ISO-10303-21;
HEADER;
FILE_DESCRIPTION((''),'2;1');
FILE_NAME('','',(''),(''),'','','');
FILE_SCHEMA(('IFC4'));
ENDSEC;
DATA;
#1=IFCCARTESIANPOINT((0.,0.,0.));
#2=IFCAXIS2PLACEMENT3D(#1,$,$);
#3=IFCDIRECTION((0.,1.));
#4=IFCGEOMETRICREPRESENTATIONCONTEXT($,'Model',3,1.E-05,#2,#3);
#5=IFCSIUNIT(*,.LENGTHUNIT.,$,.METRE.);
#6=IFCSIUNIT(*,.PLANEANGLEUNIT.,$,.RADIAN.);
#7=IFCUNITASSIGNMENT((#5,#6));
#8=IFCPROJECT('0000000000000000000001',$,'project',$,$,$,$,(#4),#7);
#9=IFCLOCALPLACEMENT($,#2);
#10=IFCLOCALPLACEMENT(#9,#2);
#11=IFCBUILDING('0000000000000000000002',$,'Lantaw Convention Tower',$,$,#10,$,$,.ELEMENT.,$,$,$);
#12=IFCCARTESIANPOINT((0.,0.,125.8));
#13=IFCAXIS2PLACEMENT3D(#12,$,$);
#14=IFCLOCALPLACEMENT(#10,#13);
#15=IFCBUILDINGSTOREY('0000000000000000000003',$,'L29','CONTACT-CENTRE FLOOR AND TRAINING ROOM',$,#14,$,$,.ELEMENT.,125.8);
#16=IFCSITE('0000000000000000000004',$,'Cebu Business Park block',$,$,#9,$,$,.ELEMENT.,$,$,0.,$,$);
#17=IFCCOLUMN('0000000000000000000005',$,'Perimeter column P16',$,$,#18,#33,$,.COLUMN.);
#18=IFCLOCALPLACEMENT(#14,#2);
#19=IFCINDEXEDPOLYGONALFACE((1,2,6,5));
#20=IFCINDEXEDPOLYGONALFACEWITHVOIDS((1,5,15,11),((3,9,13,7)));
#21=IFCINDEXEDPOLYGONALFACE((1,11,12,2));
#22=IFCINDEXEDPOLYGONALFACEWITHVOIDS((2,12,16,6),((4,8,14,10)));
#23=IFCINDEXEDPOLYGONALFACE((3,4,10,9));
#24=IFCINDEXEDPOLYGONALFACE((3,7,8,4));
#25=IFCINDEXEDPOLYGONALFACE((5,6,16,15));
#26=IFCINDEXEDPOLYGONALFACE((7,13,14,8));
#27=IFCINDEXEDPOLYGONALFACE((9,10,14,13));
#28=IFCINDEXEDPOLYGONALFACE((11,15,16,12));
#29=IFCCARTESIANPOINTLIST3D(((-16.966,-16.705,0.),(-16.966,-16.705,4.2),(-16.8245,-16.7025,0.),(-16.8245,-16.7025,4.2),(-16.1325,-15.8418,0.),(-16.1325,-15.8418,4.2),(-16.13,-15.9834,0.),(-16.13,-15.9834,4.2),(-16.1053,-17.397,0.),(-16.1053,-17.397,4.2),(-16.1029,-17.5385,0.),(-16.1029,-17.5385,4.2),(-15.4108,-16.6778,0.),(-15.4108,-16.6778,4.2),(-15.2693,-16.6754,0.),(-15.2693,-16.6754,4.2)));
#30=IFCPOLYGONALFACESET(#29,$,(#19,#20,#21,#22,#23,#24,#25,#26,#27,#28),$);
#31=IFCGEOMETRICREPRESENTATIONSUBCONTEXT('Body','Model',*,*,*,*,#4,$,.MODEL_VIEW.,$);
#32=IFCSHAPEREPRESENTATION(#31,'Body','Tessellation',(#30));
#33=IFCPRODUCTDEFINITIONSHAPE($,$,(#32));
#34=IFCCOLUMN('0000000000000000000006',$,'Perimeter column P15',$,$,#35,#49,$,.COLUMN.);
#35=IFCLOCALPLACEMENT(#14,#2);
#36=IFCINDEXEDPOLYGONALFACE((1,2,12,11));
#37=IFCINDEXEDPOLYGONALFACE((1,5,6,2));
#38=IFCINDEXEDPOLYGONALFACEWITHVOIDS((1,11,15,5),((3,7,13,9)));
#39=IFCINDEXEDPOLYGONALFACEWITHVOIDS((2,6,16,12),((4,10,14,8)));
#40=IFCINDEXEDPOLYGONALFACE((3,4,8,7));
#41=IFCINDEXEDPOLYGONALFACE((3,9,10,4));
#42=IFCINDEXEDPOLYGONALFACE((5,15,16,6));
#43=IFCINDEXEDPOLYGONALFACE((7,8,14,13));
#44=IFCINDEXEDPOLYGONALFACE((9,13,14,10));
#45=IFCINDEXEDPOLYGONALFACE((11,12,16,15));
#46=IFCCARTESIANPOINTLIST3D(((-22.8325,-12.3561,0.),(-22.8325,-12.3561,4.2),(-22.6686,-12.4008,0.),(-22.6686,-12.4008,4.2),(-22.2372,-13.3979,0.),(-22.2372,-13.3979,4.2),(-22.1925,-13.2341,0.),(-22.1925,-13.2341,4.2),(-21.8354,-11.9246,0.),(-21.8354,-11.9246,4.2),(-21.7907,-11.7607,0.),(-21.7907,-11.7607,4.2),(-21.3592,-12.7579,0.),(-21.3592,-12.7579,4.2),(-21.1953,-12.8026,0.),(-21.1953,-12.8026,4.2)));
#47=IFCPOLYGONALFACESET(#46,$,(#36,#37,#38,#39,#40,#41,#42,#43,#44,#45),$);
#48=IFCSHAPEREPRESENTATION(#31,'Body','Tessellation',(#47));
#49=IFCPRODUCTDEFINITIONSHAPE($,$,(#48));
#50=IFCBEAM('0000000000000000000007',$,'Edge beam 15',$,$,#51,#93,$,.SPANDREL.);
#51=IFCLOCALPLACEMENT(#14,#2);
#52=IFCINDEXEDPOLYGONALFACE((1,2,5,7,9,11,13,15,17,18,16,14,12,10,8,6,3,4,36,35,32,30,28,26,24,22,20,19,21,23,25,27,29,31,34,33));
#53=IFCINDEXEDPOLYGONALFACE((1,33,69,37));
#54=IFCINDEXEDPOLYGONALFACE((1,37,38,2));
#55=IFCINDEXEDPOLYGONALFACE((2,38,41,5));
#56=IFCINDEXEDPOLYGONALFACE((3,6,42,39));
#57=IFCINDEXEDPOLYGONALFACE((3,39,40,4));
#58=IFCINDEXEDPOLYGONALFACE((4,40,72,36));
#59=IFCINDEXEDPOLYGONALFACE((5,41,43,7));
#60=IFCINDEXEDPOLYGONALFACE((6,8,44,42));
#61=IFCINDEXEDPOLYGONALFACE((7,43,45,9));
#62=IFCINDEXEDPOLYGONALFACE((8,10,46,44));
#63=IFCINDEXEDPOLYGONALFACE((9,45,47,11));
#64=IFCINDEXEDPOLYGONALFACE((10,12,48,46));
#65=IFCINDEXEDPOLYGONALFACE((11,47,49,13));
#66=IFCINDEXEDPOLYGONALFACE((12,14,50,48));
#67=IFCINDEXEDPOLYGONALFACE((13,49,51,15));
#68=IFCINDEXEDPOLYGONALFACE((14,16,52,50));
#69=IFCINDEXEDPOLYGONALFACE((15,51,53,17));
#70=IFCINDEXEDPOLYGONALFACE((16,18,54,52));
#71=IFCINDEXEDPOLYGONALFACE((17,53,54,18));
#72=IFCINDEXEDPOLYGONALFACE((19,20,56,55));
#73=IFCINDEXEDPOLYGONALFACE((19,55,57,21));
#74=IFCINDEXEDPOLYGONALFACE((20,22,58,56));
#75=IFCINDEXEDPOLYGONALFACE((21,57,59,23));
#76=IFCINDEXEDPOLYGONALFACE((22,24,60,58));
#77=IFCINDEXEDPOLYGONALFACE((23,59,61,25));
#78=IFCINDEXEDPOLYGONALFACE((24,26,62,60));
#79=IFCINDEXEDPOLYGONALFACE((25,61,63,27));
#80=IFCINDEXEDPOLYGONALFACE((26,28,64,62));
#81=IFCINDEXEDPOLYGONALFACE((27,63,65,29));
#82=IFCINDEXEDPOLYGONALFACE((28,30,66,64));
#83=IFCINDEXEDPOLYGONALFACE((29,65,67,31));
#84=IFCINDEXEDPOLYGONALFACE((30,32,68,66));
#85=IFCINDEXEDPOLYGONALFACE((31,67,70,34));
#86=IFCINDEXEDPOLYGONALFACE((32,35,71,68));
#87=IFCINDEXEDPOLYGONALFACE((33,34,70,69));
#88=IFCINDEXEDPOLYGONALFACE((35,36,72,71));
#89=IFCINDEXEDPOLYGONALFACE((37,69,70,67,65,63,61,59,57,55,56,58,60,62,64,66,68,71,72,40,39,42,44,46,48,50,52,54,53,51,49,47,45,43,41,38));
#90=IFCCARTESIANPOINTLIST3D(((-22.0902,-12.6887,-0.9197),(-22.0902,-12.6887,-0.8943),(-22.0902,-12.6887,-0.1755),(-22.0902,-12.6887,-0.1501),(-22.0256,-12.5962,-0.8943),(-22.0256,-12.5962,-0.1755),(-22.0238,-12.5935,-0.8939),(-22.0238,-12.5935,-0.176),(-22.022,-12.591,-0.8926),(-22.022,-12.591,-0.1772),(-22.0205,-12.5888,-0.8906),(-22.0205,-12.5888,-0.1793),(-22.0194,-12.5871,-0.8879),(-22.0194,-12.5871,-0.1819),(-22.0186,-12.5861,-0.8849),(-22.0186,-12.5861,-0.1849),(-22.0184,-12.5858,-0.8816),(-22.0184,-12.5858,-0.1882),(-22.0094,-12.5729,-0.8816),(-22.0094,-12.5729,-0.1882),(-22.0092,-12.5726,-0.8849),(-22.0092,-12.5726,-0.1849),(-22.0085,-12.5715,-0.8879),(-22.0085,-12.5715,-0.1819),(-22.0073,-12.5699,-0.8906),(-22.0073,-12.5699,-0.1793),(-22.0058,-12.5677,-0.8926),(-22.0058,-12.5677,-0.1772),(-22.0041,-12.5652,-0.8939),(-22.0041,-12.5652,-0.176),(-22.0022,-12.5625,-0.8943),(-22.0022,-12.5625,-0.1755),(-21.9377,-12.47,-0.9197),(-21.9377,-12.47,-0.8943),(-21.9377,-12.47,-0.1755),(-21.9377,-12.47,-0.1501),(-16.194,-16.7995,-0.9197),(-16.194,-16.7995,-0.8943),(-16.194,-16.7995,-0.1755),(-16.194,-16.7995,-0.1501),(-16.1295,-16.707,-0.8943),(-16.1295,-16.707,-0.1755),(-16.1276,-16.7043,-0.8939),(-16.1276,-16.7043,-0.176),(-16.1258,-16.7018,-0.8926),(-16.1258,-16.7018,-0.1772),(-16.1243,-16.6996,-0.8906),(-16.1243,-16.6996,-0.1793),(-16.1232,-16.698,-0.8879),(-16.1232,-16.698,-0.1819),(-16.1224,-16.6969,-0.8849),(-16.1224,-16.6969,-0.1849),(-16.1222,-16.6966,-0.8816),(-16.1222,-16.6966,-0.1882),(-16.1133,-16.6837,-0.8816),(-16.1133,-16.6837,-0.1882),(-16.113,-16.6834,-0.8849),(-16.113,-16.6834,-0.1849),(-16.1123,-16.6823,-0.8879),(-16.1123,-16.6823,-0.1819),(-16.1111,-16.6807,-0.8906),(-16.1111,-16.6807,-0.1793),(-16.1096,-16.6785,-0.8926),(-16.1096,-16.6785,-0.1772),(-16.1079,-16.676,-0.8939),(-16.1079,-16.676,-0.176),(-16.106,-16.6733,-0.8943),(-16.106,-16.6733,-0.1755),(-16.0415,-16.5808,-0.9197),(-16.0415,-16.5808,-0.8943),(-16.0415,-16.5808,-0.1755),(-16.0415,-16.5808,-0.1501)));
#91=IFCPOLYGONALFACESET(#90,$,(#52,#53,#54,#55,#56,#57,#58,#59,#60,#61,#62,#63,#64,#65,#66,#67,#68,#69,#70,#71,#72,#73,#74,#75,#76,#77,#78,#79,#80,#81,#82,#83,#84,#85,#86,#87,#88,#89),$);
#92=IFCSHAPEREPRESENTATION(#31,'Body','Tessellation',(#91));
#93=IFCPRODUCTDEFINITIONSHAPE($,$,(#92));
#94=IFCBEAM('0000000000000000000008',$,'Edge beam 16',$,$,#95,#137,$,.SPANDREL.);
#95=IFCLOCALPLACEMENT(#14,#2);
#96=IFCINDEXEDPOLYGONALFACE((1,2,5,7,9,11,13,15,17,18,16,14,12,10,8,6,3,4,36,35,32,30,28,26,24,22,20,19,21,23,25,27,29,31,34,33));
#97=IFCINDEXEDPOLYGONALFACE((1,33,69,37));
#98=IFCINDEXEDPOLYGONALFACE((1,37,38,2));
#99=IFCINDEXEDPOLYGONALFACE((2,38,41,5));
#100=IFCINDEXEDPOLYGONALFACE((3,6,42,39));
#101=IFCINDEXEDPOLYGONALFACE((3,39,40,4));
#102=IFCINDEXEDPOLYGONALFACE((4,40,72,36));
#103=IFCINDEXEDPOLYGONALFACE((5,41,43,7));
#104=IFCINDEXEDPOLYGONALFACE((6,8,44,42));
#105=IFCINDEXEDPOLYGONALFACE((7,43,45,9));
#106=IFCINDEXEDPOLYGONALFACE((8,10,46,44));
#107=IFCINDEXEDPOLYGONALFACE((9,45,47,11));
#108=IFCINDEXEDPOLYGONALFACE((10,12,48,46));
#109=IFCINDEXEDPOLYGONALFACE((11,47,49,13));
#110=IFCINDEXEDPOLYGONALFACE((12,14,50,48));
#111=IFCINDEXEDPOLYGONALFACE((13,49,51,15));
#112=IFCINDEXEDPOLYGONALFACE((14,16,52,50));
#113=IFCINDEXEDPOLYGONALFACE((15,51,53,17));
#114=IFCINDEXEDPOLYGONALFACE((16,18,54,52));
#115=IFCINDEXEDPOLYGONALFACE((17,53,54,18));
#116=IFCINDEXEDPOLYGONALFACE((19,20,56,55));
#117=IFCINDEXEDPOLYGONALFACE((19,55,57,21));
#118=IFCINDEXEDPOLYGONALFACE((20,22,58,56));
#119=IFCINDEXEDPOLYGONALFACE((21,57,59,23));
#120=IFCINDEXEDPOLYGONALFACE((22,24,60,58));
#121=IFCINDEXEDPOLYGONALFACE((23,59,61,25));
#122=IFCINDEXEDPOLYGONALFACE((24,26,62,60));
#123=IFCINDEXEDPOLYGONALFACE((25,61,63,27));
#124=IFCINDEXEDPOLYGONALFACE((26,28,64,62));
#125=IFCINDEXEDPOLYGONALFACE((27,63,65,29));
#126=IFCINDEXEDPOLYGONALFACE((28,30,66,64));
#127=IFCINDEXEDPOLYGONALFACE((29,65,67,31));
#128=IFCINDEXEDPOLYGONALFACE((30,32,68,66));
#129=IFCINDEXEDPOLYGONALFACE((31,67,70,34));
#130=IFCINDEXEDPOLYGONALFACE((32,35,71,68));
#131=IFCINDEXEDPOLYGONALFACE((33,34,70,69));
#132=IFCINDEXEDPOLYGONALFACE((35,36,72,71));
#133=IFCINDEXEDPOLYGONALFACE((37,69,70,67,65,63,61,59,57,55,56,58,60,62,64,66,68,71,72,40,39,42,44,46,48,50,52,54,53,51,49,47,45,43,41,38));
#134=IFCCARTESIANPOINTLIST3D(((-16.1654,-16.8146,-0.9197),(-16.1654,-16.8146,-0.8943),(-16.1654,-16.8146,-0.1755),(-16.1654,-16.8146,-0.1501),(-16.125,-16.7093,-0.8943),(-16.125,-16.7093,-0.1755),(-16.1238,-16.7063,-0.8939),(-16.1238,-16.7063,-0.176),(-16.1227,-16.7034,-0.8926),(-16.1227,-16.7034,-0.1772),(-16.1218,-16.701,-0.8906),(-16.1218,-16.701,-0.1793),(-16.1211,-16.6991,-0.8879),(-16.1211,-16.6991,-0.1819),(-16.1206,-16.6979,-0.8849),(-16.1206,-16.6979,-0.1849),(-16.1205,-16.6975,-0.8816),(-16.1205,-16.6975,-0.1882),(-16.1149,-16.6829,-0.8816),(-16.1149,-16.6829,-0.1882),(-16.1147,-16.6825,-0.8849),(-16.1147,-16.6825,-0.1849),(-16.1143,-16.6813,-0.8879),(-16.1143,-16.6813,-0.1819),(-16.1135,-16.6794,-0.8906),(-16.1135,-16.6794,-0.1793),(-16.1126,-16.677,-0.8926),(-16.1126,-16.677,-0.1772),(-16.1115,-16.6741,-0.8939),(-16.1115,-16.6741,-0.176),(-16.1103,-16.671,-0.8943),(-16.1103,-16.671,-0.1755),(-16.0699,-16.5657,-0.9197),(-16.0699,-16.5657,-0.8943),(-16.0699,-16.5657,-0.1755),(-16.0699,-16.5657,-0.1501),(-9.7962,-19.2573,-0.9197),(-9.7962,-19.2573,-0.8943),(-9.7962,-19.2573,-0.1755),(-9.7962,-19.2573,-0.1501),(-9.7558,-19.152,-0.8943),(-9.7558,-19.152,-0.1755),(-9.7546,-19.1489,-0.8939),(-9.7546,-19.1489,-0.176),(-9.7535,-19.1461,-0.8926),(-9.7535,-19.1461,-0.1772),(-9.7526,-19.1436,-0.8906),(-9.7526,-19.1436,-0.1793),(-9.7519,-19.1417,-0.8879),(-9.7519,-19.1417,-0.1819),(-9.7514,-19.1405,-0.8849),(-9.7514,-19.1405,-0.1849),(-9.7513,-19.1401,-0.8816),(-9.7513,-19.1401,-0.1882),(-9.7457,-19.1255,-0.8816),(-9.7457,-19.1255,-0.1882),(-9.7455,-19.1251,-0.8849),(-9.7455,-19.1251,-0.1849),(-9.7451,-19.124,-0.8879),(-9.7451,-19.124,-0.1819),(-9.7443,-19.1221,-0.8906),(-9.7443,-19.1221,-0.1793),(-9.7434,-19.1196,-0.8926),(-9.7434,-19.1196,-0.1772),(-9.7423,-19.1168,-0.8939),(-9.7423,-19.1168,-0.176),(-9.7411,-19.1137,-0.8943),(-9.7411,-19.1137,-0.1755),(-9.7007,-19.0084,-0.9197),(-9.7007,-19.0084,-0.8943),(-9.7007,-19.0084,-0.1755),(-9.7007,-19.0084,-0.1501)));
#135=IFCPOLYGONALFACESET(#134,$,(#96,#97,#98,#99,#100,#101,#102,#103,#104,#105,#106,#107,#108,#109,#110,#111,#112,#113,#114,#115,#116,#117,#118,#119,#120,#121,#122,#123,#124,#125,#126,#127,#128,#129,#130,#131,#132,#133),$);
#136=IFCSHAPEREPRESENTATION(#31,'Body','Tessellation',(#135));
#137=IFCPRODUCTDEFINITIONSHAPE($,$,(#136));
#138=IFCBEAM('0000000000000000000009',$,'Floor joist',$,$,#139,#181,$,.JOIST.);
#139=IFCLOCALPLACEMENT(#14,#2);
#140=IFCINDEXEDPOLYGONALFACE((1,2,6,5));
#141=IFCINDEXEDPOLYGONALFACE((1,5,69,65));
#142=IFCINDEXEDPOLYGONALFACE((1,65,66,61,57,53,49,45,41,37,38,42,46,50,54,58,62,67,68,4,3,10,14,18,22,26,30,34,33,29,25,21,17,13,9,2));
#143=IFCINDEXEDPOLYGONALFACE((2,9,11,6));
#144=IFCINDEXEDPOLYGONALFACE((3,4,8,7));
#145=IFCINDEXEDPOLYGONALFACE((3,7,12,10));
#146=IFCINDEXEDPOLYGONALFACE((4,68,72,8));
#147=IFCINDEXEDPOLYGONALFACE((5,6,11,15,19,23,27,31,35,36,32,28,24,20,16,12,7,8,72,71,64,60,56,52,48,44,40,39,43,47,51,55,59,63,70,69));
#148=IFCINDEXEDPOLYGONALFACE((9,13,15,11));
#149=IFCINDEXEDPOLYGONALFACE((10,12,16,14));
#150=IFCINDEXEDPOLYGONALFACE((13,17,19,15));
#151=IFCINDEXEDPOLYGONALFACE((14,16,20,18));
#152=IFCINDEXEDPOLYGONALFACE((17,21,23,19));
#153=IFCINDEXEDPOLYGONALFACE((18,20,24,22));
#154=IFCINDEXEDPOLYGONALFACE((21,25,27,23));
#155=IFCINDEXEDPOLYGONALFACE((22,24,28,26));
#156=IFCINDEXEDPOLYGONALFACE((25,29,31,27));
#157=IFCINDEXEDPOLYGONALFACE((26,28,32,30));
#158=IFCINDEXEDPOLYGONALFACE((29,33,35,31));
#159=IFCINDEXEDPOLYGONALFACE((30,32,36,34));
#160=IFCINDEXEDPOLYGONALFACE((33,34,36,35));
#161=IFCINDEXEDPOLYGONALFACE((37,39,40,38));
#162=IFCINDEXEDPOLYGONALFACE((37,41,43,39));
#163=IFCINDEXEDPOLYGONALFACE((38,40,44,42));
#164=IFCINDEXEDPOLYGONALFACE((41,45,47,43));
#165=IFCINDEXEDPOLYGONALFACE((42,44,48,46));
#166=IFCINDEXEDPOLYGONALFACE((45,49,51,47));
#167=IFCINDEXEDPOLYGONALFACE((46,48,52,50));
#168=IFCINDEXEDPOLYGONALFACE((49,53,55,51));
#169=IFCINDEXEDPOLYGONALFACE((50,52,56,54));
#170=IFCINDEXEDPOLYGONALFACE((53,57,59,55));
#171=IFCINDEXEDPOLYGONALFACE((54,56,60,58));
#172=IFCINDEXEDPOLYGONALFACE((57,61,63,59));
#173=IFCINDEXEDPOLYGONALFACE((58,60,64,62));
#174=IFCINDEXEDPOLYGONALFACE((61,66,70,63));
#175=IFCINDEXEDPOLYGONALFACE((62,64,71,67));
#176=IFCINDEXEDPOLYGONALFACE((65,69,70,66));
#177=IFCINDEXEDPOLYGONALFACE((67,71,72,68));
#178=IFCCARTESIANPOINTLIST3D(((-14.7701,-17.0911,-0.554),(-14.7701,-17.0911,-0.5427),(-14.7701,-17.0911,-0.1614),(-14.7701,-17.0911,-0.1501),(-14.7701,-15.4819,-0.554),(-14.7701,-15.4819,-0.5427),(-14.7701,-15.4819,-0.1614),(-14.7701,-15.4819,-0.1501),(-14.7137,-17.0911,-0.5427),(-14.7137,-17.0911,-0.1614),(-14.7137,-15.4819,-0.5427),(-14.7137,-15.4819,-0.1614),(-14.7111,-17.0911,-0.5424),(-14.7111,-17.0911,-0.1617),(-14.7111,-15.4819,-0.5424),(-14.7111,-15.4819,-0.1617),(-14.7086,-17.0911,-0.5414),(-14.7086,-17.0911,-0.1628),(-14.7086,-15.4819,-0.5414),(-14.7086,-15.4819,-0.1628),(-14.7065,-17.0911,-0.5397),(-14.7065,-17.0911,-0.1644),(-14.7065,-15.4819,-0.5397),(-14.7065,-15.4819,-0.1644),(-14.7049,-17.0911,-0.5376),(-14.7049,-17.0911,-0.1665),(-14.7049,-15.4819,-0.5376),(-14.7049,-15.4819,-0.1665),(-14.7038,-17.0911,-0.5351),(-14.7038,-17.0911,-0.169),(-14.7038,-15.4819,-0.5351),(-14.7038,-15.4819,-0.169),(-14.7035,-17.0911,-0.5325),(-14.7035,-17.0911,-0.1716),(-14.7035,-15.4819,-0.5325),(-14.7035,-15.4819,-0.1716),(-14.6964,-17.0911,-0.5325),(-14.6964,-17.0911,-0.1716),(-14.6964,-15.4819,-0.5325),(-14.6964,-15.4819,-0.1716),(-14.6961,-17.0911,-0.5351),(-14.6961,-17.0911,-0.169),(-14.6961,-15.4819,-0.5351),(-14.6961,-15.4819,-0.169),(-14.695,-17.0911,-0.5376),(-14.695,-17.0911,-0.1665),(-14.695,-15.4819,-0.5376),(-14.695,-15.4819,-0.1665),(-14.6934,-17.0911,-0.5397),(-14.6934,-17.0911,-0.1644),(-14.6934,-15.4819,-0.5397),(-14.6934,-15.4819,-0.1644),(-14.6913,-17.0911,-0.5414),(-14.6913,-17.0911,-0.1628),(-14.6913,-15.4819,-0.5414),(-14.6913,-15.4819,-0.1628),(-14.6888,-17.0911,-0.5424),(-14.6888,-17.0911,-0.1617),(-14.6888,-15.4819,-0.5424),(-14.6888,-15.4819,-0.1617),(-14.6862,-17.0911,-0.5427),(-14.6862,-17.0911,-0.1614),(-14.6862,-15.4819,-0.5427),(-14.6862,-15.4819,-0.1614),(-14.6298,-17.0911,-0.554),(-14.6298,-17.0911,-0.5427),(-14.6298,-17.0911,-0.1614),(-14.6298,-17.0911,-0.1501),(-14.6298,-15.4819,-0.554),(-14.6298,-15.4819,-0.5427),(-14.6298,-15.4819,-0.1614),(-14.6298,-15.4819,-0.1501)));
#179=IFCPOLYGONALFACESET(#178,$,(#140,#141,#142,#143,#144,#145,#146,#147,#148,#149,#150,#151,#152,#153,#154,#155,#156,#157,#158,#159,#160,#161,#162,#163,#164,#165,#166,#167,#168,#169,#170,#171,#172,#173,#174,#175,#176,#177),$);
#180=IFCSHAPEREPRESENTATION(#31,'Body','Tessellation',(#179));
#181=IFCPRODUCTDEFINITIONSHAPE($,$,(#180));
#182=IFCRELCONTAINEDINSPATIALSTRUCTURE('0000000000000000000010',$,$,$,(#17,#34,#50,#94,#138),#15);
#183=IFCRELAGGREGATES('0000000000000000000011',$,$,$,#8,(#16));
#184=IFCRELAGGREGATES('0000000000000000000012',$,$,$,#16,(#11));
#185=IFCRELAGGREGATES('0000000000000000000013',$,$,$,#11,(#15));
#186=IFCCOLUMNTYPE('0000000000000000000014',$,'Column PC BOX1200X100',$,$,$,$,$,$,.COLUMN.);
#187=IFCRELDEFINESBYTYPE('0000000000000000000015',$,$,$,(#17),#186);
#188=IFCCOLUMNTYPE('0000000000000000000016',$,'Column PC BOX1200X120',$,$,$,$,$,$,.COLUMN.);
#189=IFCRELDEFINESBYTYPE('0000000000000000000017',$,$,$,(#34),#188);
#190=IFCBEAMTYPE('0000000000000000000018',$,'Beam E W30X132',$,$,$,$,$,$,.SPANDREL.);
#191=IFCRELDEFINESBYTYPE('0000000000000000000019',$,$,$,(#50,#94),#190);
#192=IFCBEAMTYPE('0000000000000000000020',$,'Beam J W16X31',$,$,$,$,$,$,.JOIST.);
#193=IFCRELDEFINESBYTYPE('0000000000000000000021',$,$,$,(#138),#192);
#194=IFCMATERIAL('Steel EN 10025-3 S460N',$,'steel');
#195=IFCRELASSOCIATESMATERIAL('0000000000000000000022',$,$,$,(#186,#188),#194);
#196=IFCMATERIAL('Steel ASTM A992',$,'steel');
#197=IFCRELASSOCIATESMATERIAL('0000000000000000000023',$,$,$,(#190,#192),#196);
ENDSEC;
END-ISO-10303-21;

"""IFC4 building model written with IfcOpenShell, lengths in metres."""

from ifc_helpers import new_model, si_unit, direction, frame, origin, origin_2d, place, context, subcontext, project, spatial, rectangle, hollow_rectangle, i_section, extrude, material, material_profile, profile_set, type_object, element, save


model = new_model("IFC4")

# Units and contexts
model_context = context("Model", 3, precision=1e-05, world=origin(), true_north=direction((0.0, 1.0)))
body_context = subcontext(model_context, "Body", "Model", "MODEL_VIEW")
ifc_project = project(units=[si_unit("LENGTHUNIT", "METRE"), si_unit("PLANEANGLEUNIT", "RADIAN")], contexts=[model_context])

# Site, building, storey
site_placement = place(None, origin())
site = spatial("IfcSite", under=ifc_project, at=site_placement, Name="Cebu Business Park block", CompositionType="ELEMENT", RefElevation=0.0)
building_placement = place(site_placement, origin())
building = spatial("IfcBuilding", under=site, at=building_placement, Name="Lantaw Convention Tower", CompositionType="ELEMENT")
storey_placement = place(building_placement, frame((0.0, 0.0, 125.8)))
storey = spatial("IfcBuildingStorey", under=building, at=storey_placement, Name="L29", Description="CONTACT-CENTRE FLOOR AND TRAINING ROOM", CompositionType="ELEMENT", Elevation=125.8)

# Columns
ifc_material_1 = material(Name="Steel EN 10025-3 S460N", Category="steel")
ifc_material_profile_1 = material_profile(ifc_material_1, hollow_rectangle(XDim=1.2, YDim=1.2, WallThickness=0.1001, at=origin_2d()), Name="BOX1200X100")
ifc_material_2 = material(Name="Concrete C60/75", Category="concrete")
ifc_material_profile_2 = material_profile(ifc_material_2, rectangle(XDim=1.0, YDim=1.0, at=origin_2d()), Name="Concrete fill of BOX1200X100")
ifc_profile_set_1 = profile_set([ifc_material_profile_1, ifc_material_profile_2], Name="Steel EN 10025-3 S460N")
column_type_1 = type_object("IfcColumnType", Name="Column PC BOX1200X100", PredefinedType="COLUMN", material=ifc_profile_set_1)
column_1_placement = place(storey_placement, frame((-16.1177, -16.6902, 0.0), z_axis=(0.0, 0.0, 1.0), x_axis=(0.694658, 0.71934, 0.0)))
element("IfcColumn", 1, at=column_1_placement, inside=storey, type_object=column_type_1, Name="Perimeter column P16", PredefinedType="COLUMN", context=body_context, shape_type="SweptSolid", body=[
    extrude(hollow_rectangle(XDim=1.2, YDim=1.2, WallThickness=0.1001, at=origin_2d()), origin(), (0.0, 0.0, 1.0), 4.2),
])
ifc_material_profile_3 = material_profile(ifc_material_1, hollow_rectangle(XDim=1.2, YDim=1.2, WallThickness=0.1201, at=origin_2d()), Name="BOX1200X120")
ifc_material_profile_4 = material_profile(ifc_material_2, rectangle(XDim=0.96, YDim=0.96, at=origin_2d()), Name="Concrete fill of BOX1200X120")
ifc_profile_set_2 = profile_set([ifc_material_profile_3, ifc_material_profile_4], Name="Steel EN 10025-3 S460N")
column_type_2 = type_object("IfcColumnType", Name="Column PC BOX1200X120", PredefinedType="COLUMN", material=ifc_profile_set_2)
column_2_placement = place(storey_placement, frame((-22.0139, -12.5793, 0.0), z_axis=(0.0, 0.0, 1.0), x_axis=(0.868243, 0.496139, 0.0)))
element("IfcColumn", 2, at=column_2_placement, inside=storey, type_object=column_type_2, Name="Perimeter column P15", PredefinedType="COLUMN", context=body_context, shape_type="SweptSolid", body=[
    extrude(hollow_rectangle(XDim=1.2, YDim=1.2, WallThickness=0.1201, at=origin_2d()), origin(), (0.0, 0.0, 1.0), 4.2),
])

# Beams
ifc_material_3 = material(Name="Steel ASTM A992", Category="steel")
ifc_material_profile_5 = material_profile(ifc_material_3, i_section(OverallWidth=0.2666, OverallDepth=0.7695, WebThickness=0.0156, FlangeThickness=0.0254, FilletRadius=0.0127, at=origin_2d()), Name="W30X132")
ifc_profile_set_3 = profile_set([ifc_material_profile_5], Name="Steel ASTM A992")
beam_type_1 = type_object("IfcBeamType", Name="Beam E W30X132", PredefinedType="SPANDREL", material=ifc_profile_set_3)
beam_1_placement = place(storey_placement, frame((-22.0139, -12.5793, -0.5349), z_axis=(0.820311, -0.571918, 0.0), x_axis=(0.571918, 0.820311, 0.0)))
element("IfcBeam", 3, at=beam_1_placement, inside=storey, type_object=beam_type_1, Name="Edge beam 15", PredefinedType="SPANDREL", context=body_context, shape_type="SweptSolid", body=[
    extrude(i_section(OverallWidth=0.2666, OverallDepth=0.7695, WebThickness=0.0156, FlangeThickness=0.0254, FilletRadius=0.0127, at=origin_2d()), origin(), (0.0, 0.0, 1.0), 7.1877),
])
beam_2_placement = place(storey_placement, frame((-16.1177, -16.6902, -0.5349), z_axis=(0.933691, -0.35808, 0.0), x_axis=(0.35808, 0.933691, 0.0)))
element("IfcBeam", 4, at=beam_2_placement, inside=storey, type_object=beam_type_1, Name="Edge beam 16", PredefinedType="SPANDREL", context=body_context, shape_type="SweptSolid", body=[
    extrude(i_section(OverallWidth=0.2666, OverallDepth=0.7695, WebThickness=0.0156, FlangeThickness=0.0254, FilletRadius=0.0127, at=origin_2d()), origin(), (0.0, 0.0, 1.0), 6.8215),
])
ifc_material_profile_6 = material_profile(ifc_material_3, i_section(OverallWidth=0.1404, OverallDepth=0.4038, WebThickness=0.0071, FlangeThickness=0.0112, FilletRadius=0.0103, at=origin_2d()), Name="W16X31")
ifc_profile_set_4 = profile_set([ifc_material_profile_6], Name="Steel ASTM A992")
beam_type_2 = type_object("IfcBeamType", Name="Beam J W16X31", PredefinedType="JOIST", material=ifc_profile_set_4)
beam_3_placement = place(storey_placement, frame((-14.7, -17.0911, -0.3521), z_axis=(0.0, 1.0, 0.0), x_axis=(-1.0, 0.0, 0.0)))
element("IfcBeam", 5, at=beam_3_placement, inside=storey, type_object=beam_type_2, Name="Floor joist", PredefinedType="JOIST", context=body_context, shape_type="SweptSolid", body=[
    extrude(i_section(OverallWidth=0.1404, OverallDepth=0.4038, WebThickness=0.0071, FlangeThickness=0.0112, FilletRadius=0.0103, at=origin_2d()), origin(), (0.0, 0.0, 1.0), 1.6091),
])

save(model, "model.ifc")
